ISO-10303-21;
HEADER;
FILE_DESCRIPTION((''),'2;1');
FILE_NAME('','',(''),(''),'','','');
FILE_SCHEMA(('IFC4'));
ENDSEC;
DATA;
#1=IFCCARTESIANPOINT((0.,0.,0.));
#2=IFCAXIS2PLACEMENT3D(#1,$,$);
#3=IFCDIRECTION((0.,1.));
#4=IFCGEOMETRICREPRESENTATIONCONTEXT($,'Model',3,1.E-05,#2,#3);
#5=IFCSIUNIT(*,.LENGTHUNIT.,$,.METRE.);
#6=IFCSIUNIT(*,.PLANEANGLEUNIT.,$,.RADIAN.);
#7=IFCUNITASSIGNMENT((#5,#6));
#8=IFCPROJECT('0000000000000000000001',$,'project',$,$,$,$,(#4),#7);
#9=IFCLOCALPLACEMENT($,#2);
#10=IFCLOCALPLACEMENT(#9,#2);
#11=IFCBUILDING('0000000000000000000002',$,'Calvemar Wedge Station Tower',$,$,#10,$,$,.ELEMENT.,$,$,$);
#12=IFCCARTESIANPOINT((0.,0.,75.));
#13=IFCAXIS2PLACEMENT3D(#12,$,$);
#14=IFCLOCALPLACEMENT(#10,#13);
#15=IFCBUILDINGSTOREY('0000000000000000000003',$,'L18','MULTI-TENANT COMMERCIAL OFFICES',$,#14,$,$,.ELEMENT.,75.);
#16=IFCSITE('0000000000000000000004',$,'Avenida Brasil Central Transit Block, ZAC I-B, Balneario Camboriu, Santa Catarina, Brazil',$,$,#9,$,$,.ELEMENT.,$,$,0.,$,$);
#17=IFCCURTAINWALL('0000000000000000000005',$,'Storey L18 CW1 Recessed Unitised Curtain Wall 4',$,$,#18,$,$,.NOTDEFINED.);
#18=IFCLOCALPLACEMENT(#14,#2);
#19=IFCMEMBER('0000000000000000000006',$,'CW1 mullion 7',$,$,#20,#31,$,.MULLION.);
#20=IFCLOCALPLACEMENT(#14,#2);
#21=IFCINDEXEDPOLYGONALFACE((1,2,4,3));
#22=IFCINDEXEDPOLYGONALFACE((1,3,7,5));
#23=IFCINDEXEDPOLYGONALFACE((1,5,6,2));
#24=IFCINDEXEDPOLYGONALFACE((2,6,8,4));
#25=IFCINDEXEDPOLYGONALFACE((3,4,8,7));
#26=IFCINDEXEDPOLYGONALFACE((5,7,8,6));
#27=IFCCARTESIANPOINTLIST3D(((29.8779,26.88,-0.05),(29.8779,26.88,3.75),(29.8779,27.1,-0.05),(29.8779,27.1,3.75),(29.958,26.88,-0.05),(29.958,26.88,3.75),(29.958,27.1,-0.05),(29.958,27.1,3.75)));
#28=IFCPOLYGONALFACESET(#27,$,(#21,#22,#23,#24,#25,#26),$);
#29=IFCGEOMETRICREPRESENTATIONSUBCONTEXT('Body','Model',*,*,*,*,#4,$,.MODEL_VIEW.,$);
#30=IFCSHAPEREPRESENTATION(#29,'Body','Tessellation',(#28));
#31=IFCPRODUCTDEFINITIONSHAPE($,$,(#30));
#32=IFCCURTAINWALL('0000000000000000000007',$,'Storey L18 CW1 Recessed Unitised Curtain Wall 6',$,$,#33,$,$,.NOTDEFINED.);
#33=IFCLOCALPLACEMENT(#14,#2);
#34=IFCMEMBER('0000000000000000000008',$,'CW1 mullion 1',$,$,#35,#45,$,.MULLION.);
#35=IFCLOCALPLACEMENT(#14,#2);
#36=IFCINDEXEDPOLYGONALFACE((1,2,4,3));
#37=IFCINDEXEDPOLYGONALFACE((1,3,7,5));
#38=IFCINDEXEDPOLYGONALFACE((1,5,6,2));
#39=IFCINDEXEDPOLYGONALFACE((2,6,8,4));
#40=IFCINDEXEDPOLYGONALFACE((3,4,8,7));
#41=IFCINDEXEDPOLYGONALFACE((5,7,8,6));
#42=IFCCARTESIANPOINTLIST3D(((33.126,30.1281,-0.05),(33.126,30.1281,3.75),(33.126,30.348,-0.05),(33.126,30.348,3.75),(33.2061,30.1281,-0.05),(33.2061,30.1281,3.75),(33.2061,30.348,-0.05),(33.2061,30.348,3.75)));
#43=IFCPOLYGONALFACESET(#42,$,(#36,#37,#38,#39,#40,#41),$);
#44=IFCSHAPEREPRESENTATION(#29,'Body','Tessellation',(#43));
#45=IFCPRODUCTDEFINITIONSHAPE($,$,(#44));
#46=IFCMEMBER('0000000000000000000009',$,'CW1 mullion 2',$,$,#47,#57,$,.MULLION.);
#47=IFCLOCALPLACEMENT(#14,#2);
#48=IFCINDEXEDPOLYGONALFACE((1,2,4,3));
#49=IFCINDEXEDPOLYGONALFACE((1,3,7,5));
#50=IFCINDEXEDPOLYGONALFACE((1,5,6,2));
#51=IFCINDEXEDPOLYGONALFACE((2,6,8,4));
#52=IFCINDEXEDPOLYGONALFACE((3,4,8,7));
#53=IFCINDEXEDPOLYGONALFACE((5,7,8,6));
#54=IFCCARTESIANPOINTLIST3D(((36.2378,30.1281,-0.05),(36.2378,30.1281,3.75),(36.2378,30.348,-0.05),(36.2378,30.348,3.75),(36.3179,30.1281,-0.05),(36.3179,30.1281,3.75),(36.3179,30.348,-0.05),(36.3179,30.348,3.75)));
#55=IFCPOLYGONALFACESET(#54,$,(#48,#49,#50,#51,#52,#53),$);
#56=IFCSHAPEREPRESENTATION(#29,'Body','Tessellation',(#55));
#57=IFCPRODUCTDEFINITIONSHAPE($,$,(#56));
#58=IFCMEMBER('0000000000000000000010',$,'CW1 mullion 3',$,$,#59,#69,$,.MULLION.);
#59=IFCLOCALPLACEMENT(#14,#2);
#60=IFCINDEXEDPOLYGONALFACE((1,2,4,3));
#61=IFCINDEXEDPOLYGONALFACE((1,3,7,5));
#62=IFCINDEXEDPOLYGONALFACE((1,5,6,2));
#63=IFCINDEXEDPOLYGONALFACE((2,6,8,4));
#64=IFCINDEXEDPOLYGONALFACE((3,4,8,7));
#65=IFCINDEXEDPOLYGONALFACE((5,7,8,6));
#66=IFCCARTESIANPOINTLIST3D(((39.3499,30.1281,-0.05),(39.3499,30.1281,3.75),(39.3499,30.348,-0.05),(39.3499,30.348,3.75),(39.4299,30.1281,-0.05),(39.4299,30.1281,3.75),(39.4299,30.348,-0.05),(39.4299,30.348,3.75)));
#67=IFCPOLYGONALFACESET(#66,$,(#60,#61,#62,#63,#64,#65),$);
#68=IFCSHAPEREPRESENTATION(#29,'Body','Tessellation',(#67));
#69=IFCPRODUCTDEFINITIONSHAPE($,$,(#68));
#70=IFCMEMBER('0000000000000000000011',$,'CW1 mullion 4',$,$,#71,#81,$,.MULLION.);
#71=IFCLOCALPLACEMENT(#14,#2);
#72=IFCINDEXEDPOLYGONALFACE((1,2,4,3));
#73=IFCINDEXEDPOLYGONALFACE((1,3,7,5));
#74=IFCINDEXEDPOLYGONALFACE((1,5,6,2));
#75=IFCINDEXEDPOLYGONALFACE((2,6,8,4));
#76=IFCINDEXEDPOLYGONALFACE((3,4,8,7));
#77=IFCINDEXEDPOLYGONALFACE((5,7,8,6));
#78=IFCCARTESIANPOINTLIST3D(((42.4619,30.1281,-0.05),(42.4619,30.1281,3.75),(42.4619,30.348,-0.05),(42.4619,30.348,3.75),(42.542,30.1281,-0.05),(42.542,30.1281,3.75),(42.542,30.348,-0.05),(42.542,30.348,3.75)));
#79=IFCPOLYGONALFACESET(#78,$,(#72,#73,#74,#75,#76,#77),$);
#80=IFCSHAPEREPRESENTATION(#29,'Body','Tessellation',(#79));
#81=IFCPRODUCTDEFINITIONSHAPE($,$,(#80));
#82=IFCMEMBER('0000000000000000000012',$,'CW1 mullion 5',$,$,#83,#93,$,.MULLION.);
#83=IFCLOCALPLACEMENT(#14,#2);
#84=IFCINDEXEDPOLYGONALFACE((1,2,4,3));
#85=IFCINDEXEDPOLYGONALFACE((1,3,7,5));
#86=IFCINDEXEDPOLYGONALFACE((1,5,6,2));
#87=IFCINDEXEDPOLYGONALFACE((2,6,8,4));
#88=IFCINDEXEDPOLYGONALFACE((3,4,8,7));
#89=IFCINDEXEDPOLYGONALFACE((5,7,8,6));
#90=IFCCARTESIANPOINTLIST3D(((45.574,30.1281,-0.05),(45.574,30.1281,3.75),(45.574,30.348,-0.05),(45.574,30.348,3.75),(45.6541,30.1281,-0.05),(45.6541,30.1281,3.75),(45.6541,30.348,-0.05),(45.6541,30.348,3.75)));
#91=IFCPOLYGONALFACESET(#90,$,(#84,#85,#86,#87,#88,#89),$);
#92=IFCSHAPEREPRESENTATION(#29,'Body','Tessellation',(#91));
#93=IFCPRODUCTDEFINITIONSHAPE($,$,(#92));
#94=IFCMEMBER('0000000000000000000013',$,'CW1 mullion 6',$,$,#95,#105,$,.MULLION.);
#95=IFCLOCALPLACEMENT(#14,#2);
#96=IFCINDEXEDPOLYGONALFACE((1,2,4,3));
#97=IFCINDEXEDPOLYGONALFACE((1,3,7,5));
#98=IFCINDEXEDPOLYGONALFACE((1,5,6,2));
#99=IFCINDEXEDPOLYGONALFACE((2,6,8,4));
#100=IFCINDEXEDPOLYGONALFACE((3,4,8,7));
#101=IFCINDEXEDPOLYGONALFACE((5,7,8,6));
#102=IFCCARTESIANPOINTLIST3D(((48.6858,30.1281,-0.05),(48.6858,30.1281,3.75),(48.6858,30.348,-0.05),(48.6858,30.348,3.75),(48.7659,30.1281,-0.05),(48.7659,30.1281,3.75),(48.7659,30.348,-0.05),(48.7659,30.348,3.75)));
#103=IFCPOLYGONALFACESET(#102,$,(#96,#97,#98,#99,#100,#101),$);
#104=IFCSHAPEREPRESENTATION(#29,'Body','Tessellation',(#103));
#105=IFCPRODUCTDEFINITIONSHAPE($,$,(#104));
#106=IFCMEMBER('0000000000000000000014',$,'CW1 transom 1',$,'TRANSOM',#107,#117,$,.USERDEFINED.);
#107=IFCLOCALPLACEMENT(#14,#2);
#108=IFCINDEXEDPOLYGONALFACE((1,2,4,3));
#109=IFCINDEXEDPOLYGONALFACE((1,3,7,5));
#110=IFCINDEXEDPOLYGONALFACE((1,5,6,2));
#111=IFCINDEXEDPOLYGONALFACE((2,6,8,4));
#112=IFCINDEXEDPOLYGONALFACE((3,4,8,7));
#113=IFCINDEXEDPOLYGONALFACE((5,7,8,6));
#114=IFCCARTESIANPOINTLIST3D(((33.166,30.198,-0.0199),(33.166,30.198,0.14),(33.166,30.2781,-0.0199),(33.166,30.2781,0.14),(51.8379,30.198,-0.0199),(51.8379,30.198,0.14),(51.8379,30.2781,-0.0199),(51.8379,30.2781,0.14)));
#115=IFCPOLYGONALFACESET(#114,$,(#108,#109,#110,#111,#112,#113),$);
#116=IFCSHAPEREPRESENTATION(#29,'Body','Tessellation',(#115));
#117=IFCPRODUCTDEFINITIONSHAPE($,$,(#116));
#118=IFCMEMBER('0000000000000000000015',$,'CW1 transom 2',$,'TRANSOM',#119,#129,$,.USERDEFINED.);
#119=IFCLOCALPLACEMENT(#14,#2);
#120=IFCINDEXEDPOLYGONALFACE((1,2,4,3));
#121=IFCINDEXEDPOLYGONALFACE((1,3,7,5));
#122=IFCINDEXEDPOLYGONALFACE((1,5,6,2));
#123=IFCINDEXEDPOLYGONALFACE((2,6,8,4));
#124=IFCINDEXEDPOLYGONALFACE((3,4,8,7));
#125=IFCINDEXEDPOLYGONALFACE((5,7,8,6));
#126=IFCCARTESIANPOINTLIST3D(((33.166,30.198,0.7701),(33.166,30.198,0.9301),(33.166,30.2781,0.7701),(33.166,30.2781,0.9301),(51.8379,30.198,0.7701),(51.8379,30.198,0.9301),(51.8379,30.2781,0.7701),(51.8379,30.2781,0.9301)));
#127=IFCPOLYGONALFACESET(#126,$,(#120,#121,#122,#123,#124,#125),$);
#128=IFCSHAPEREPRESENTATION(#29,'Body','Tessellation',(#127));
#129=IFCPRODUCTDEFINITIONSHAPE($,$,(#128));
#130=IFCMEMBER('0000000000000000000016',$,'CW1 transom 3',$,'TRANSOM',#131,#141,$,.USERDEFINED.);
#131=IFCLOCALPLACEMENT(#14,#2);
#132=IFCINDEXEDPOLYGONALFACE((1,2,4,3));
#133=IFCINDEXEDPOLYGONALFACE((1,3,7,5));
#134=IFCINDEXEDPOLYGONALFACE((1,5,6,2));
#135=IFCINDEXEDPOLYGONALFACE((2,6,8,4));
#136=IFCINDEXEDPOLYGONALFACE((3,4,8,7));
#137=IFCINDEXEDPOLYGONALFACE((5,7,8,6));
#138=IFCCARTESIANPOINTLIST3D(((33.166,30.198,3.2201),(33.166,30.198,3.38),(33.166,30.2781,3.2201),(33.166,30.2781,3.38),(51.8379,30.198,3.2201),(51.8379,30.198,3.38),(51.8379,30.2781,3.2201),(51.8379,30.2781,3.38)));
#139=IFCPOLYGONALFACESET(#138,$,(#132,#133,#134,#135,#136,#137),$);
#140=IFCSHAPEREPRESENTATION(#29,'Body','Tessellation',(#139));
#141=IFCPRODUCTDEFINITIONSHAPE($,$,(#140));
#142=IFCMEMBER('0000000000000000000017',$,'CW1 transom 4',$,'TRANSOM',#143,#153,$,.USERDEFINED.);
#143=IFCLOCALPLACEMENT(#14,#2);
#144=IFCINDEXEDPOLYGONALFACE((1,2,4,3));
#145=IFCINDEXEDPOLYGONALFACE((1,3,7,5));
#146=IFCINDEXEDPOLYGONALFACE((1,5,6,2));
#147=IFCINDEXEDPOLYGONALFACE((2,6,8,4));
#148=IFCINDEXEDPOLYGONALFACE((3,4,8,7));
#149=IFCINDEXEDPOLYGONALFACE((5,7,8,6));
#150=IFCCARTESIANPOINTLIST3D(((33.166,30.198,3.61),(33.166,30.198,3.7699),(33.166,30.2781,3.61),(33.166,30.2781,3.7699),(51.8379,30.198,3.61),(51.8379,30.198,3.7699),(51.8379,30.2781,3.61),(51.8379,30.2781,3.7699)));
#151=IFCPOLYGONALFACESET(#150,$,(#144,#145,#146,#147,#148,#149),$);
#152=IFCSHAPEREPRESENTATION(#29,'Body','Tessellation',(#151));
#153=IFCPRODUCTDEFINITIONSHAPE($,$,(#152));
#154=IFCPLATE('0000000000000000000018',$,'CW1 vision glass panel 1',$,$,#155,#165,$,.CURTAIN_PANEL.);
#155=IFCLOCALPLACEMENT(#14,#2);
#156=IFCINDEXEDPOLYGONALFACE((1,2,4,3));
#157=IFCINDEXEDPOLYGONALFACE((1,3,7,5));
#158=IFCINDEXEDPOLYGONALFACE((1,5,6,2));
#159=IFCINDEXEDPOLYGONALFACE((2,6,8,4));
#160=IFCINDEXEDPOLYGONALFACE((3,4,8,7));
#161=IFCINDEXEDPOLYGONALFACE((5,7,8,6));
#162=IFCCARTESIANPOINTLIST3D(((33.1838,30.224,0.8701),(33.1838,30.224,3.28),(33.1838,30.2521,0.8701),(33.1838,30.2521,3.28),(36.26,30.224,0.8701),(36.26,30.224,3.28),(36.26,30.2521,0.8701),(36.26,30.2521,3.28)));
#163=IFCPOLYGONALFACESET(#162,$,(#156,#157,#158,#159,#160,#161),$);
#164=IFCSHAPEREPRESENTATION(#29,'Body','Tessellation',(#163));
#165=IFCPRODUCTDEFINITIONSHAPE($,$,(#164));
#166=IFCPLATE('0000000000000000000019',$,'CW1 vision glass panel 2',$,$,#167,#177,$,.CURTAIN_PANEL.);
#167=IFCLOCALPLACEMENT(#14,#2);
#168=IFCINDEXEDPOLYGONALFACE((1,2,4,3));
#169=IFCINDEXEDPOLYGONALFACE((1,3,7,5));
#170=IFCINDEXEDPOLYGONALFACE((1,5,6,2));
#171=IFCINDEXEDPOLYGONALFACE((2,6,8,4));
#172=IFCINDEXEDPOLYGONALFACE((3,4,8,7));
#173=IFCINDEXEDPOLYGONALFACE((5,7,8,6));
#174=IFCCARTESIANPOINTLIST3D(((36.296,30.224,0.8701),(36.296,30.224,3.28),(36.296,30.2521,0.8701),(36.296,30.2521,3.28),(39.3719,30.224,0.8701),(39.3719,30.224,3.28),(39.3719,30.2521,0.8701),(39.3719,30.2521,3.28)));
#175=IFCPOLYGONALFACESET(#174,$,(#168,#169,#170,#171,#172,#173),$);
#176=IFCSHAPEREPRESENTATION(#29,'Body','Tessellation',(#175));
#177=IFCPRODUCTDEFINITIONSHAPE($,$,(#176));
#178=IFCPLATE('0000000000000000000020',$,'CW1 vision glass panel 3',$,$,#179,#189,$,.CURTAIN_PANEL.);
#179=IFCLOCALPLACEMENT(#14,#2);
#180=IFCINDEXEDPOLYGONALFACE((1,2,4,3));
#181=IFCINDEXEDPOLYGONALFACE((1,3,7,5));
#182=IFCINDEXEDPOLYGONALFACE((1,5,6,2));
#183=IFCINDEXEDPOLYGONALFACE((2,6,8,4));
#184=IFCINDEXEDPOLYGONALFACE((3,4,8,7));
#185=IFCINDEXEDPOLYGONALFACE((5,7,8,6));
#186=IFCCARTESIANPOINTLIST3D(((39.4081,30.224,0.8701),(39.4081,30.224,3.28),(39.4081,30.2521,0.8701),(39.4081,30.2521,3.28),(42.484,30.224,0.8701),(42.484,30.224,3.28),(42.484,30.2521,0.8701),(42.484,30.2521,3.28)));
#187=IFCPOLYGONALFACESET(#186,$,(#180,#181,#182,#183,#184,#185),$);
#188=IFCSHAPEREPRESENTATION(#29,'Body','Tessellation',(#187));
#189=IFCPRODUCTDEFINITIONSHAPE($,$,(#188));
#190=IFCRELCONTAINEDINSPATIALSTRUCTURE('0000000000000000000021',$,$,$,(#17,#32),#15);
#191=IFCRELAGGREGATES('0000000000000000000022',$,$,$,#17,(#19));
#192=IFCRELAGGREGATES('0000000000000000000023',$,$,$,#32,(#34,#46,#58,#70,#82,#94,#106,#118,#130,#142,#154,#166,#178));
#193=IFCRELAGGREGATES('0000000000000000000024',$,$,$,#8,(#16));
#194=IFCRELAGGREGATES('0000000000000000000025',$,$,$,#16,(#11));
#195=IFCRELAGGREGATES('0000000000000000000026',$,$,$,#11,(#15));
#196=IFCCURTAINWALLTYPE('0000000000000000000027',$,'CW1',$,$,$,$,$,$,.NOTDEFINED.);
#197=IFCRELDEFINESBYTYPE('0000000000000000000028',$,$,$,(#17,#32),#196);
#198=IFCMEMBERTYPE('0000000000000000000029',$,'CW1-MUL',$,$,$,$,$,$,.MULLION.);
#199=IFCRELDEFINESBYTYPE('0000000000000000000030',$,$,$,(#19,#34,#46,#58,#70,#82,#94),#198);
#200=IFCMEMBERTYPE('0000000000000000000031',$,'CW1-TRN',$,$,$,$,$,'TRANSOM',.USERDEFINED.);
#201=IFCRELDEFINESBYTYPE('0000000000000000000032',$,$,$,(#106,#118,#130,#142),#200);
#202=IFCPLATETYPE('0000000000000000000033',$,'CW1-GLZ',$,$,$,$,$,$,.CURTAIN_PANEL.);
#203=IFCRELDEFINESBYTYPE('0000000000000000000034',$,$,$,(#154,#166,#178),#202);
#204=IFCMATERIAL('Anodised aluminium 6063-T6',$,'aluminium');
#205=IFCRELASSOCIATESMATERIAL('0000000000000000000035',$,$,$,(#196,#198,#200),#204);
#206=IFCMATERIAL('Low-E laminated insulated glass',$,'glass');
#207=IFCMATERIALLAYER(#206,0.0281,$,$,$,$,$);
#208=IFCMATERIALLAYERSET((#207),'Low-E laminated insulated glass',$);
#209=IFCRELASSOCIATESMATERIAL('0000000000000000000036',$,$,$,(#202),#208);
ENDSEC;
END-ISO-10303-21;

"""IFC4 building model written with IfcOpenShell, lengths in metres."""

from ifc_helpers import new_model, si_unit, direction, frame, frame_2d, origin, origin_2d, place, context, subcontext, project, spatial, rectangle, extrude, source, transform, mapped, material, layer, layer_set, material_profile, profile_set, type_object, element, aggregate, save


model = new_model("IFC4")

# Units and contexts
model_context = context("Model", 3, precision=1e-05, world=origin(), true_north=direction((0.0, 1.0)))
body_context = subcontext(model_context, "Body", "Model", "MODEL_VIEW")
ifc_project = project(units=[si_unit("LENGTHUNIT", "METRE"), si_unit("PLANEANGLEUNIT", "RADIAN")], contexts=[model_context])

# Site, building, storey
site_placement = place(None, origin())
site = spatial("IfcSite", under=ifc_project, at=site_placement, Name="Avenida Brasil Central Transit Block, ZAC I-B, Balneario Camboriu, Santa Catarina, Brazil", CompositionType="ELEMENT", RefElevation=0.0)
building_placement = place(site_placement, origin())
building = spatial("IfcBuilding", under=site, at=building_placement, Name="Calvemar Wedge Station Tower", CompositionType="ELEMENT")
storey_placement = place(building_placement, frame((0.0, 0.0, 75.0)))
storey = spatial("IfcBuildingStorey", under=building, at=storey_placement, Name="L18", Description="MULTI-TENANT COMMERCIAL OFFICES", CompositionType="ELEMENT", Elevation=75.0)

# Curtain wall, member
ifc_material_1 = material(Name="Anodised aluminium 6063-T6", Category="aluminium")
curtain_wall_type = type_object("IfcCurtainWallType", Name="CW1", PredefinedType="NOTDEFINED", material=ifc_material_1)
curtain_wall_1_placement = place(storey_placement, origin())
curtain_wall_1 = element("IfcCurtainWall", 1, at=curtain_wall_1_placement, inside=storey, type_object=curtain_wall_type, Name="Storey L18 CW1 Recessed Unitised Curtain Wall 4", PredefinedType="NOTDEFINED")
ifc_material_profile_1 = material_profile(ifc_material_1, rectangle(XDim=0.0801, YDim=0.22, at=origin_2d()), Name="AL-MUL-80x220")
ifc_profile_set_1 = profile_set([ifc_material_profile_1], Name="Anodised aluminium 6063-T6")
member_type_1 = type_object("IfcMemberType", Name="CW1-MUL", PredefinedType="MULLION", material=ifc_profile_set_1)
shared_shape_1 = source(origin(), body_context, "Body", "SweptSolid", [
    extrude(rectangle(XDim=0.0801, YDim=0.22, at=origin_2d()), origin(), (0.0, 0.0, 1.0), 3.8),
])
member_1_placement = place(storey_placement, frame((29.918, 26.99, -0.05), z_axis=(0.0, 0.0, 1.0), x_axis=(1.0, 0.0, 0.0)))
member_1 = element("IfcMember", 2, at=member_1_placement, type_object=member_type_1, Name="CW1 mullion 7", PredefinedType="MULLION", context=body_context, shape_type="MappedRepresentation", body=[
    mapped(shared_shape_1, transform((0.0, 0.0, 0.0), scale=1.0)),
])
aggregate(curtain_wall_1, [member_1])

# Curtain wall, members, plates
curtain_wall_2_placement = place(storey_placement, origin())
curtain_wall_2 = element("IfcCurtainWall", 3, at=curtain_wall_2_placement, inside=storey, type_object=curtain_wall_type, Name="Storey L18 CW1 Recessed Unitised Curtain Wall 6", PredefinedType="NOTDEFINED")
member_2_placement = place(storey_placement, frame((33.166, 30.238, -0.05), z_axis=(0.0, 0.0, 1.0), x_axis=(1.0, 0.0, 0.0)))
member_2 = element("IfcMember", 4, at=member_2_placement, type_object=member_type_1, Name="CW1 mullion 1", PredefinedType="MULLION", context=body_context, shape_type="MappedRepresentation", body=[
    mapped(shared_shape_1, transform((0.0, 0.0, 0.0), scale=1.0)),
])
member_3_placement = place(storey_placement, frame((36.2778, 30.238, -0.05), z_axis=(0.0, 0.0, 1.0), x_axis=(1.0, 0.0, 0.0)))
member_3 = element("IfcMember", 5, at=member_3_placement, type_object=member_type_1, Name="CW1 mullion 2", PredefinedType="MULLION", context=body_context, shape_type="MappedRepresentation", body=[
    mapped(shared_shape_1, transform((0.0, 0.0, 0.0), scale=1.0)),
])
member_4_placement = place(storey_placement, frame((39.3899, 30.238, -0.05), z_axis=(0.0, 0.0, 1.0), x_axis=(1.0, 0.0, 0.0)))
member_4 = element("IfcMember", 6, at=member_4_placement, type_object=member_type_1, Name="CW1 mullion 3", PredefinedType="MULLION", context=body_context, shape_type="MappedRepresentation", body=[
    mapped(shared_shape_1, transform((0.0, 0.0, 0.0), scale=1.0)),
])
member_5_placement = place(storey_placement, frame((42.502, 30.238, -0.05), z_axis=(0.0, 0.0, 1.0), x_axis=(1.0, 0.0, 0.0)))
member_5 = element("IfcMember", 7, at=member_5_placement, type_object=member_type_1, Name="CW1 mullion 4", PredefinedType="MULLION", context=body_context, shape_type="MappedRepresentation", body=[
    mapped(shared_shape_1, transform((0.0, 0.0, 0.0), scale=1.0)),
])
member_6_placement = place(storey_placement, frame((45.614, 30.238, -0.05), z_axis=(0.0, 0.0, 1.0), x_axis=(1.0, 0.0, 0.0)))
member_6 = element("IfcMember", 8, at=member_6_placement, type_object=member_type_1, Name="CW1 mullion 5", PredefinedType="MULLION", context=body_context, shape_type="MappedRepresentation", body=[
    mapped(shared_shape_1, transform((0.0, 0.0, 0.0), scale=1.0)),
])
member_7_placement = place(storey_placement, frame((48.7258, 30.238, -0.05), z_axis=(0.0, 0.0, 1.0), x_axis=(1.0, 0.0, 0.0)))
member_7 = element("IfcMember", 9, at=member_7_placement, type_object=member_type_1, Name="CW1 mullion 6", PredefinedType="MULLION", context=body_context, shape_type="MappedRepresentation", body=[
    mapped(shared_shape_1, transform((0.0, 0.0, 0.0), scale=1.0)),
])
ifc_material_profile_2 = material_profile(ifc_material_1, rectangle(XDim=0.0801, YDim=0.1599, at=origin_2d()), Name="AL-TRN-80x160")
ifc_profile_set_2 = profile_set([ifc_material_profile_2], Name="Anodised aluminium 6063-T6")
member_type_2 = type_object("IfcMemberType", Name="CW1-TRN", ElementType="TRANSOM", PredefinedType="USERDEFINED", material=ifc_profile_set_2)
shared_shape_2 = source(origin(), body_context, "Body", "SweptSolid", [
    extrude(rectangle(XDim=0.0801, YDim=0.1599, at=origin_2d()), origin(), (0.0, 0.0, 1.0), 18.6719),
])
member_8_placement = place(storey_placement, frame((33.166, 30.238, 0.0601), z_axis=(1.0, 0.0, 0.0), x_axis=(0.0, 1.0, 0.0)))
member_8 = element("IfcMember", 10, at=member_8_placement, type_object=member_type_2, Name="CW1 transom 1", ObjectType="TRANSOM", PredefinedType="USERDEFINED", context=body_context, shape_type="MappedRepresentation", body=[
    mapped(shared_shape_2, transform((0.0, 0.0, 0.0), scale=1.0)),
])
member_9_placement = place(storey_placement, frame((33.166, 30.238, 0.8501), z_axis=(1.0, 0.0, 0.0), x_axis=(0.0, 1.0, 0.0)))
member_9 = element("IfcMember", 11, at=member_9_placement, type_object=member_type_2, Name="CW1 transom 2", ObjectType="TRANSOM", PredefinedType="USERDEFINED", context=body_context, shape_type="MappedRepresentation", body=[
    mapped(shared_shape_2, transform((0.0, 0.0, 0.0), scale=1.0)),
])
member_10_placement = place(storey_placement, frame((33.166, 30.238, 3.3), z_axis=(1.0, 0.0, 0.0), x_axis=(0.0, 1.0, 0.0)))
member_10 = element("IfcMember", 12, at=member_10_placement, type_object=member_type_2, Name="CW1 transom 3", ObjectType="TRANSOM", PredefinedType="USERDEFINED", context=body_context, shape_type="MappedRepresentation", body=[
    mapped(shared_shape_2, transform((0.0, 0.0, 0.0), scale=1.0)),
])
member_11_placement = place(storey_placement, frame((33.166, 30.238, 3.6899), z_axis=(1.0, 0.0, 0.0), x_axis=(0.0, 1.0, 0.0)))
member_11 = element("IfcMember", 13, at=member_11_placement, type_object=member_type_2, Name="CW1 transom 4", ObjectType="TRANSOM", PredefinedType="USERDEFINED", context=body_context, shape_type="MappedRepresentation", body=[
    mapped(shared_shape_2, transform((0.0, 0.0, 0.0), scale=1.0)),
])
ifc_material_2 = material(Name="Low-E laminated insulated glass", Category="glass")
ifc_layer_1 = layer(ifc_material_2, 0.0281)
ifc_layer_set_1 = layer_set([ifc_layer_1], Name="Low-E laminated insulated glass")
plate_type_1 = type_object("IfcPlateType", Name="CW1-GLZ", PredefinedType="CURTAIN_PANEL", material=ifc_layer_set_1)
plate_1_placement = place(storey_placement, frame((33.1838, 30.238, 0.8701), z_axis=(0.0, 0.0, 1.0), x_axis=(1.0, 0.0, 0.0)))
plate_1 = element("IfcPlate", 14, at=plate_1_placement, type_object=plate_type_1, Name="CW1 vision glass panel 1", PredefinedType="CURTAIN_PANEL", context=body_context, shape_type="SweptSolid", body=[
    extrude(rectangle(XDim=3.0762, YDim=0.0281, at=frame_2d((1.5381, 0.0))), origin(), (0.0, 0.0, 1.0), 2.4099),
])
plate_2_placement = place(storey_placement, frame((36.2959, 30.238, 0.8701), z_axis=(0.0, 0.0, 1.0), x_axis=(1.0, 0.0, 0.0)))
plate_2 = element("IfcPlate", 15, at=plate_2_placement, type_object=plate_type_1, Name="CW1 vision glass panel 2", PredefinedType="CURTAIN_PANEL", context=body_context, shape_type="SweptSolid", body=[
    extrude(rectangle(XDim=3.0759, YDim=0.0281, at=frame_2d((1.5381, 0.0))), origin(), (0.0, 0.0, 1.0), 2.4099),
])
plate_3_placement = place(storey_placement, frame((39.408, 30.238, 0.8701), z_axis=(0.0, 0.0, 1.0), x_axis=(1.0, 0.0, 0.0)))
plate_3 = element("IfcPlate", 16, at=plate_3_placement, type_object=plate_type_1, Name="CW1 vision glass panel 3", PredefinedType="CURTAIN_PANEL", context=body_context, shape_type="SweptSolid", body=[
    extrude(rectangle(XDim=3.0759, YDim=0.0281, at=frame_2d((1.5381, 0.0))), origin(), (0.0, 0.0, 1.0), 2.4099),
])
aggregate(curtain_wall_2, [member_2, member_3, member_4, member_5, member_6, member_7, member_8, member_9, member_10, member_11, plate_1, plate_2, plate_3])

save(model, "model.ifc")
